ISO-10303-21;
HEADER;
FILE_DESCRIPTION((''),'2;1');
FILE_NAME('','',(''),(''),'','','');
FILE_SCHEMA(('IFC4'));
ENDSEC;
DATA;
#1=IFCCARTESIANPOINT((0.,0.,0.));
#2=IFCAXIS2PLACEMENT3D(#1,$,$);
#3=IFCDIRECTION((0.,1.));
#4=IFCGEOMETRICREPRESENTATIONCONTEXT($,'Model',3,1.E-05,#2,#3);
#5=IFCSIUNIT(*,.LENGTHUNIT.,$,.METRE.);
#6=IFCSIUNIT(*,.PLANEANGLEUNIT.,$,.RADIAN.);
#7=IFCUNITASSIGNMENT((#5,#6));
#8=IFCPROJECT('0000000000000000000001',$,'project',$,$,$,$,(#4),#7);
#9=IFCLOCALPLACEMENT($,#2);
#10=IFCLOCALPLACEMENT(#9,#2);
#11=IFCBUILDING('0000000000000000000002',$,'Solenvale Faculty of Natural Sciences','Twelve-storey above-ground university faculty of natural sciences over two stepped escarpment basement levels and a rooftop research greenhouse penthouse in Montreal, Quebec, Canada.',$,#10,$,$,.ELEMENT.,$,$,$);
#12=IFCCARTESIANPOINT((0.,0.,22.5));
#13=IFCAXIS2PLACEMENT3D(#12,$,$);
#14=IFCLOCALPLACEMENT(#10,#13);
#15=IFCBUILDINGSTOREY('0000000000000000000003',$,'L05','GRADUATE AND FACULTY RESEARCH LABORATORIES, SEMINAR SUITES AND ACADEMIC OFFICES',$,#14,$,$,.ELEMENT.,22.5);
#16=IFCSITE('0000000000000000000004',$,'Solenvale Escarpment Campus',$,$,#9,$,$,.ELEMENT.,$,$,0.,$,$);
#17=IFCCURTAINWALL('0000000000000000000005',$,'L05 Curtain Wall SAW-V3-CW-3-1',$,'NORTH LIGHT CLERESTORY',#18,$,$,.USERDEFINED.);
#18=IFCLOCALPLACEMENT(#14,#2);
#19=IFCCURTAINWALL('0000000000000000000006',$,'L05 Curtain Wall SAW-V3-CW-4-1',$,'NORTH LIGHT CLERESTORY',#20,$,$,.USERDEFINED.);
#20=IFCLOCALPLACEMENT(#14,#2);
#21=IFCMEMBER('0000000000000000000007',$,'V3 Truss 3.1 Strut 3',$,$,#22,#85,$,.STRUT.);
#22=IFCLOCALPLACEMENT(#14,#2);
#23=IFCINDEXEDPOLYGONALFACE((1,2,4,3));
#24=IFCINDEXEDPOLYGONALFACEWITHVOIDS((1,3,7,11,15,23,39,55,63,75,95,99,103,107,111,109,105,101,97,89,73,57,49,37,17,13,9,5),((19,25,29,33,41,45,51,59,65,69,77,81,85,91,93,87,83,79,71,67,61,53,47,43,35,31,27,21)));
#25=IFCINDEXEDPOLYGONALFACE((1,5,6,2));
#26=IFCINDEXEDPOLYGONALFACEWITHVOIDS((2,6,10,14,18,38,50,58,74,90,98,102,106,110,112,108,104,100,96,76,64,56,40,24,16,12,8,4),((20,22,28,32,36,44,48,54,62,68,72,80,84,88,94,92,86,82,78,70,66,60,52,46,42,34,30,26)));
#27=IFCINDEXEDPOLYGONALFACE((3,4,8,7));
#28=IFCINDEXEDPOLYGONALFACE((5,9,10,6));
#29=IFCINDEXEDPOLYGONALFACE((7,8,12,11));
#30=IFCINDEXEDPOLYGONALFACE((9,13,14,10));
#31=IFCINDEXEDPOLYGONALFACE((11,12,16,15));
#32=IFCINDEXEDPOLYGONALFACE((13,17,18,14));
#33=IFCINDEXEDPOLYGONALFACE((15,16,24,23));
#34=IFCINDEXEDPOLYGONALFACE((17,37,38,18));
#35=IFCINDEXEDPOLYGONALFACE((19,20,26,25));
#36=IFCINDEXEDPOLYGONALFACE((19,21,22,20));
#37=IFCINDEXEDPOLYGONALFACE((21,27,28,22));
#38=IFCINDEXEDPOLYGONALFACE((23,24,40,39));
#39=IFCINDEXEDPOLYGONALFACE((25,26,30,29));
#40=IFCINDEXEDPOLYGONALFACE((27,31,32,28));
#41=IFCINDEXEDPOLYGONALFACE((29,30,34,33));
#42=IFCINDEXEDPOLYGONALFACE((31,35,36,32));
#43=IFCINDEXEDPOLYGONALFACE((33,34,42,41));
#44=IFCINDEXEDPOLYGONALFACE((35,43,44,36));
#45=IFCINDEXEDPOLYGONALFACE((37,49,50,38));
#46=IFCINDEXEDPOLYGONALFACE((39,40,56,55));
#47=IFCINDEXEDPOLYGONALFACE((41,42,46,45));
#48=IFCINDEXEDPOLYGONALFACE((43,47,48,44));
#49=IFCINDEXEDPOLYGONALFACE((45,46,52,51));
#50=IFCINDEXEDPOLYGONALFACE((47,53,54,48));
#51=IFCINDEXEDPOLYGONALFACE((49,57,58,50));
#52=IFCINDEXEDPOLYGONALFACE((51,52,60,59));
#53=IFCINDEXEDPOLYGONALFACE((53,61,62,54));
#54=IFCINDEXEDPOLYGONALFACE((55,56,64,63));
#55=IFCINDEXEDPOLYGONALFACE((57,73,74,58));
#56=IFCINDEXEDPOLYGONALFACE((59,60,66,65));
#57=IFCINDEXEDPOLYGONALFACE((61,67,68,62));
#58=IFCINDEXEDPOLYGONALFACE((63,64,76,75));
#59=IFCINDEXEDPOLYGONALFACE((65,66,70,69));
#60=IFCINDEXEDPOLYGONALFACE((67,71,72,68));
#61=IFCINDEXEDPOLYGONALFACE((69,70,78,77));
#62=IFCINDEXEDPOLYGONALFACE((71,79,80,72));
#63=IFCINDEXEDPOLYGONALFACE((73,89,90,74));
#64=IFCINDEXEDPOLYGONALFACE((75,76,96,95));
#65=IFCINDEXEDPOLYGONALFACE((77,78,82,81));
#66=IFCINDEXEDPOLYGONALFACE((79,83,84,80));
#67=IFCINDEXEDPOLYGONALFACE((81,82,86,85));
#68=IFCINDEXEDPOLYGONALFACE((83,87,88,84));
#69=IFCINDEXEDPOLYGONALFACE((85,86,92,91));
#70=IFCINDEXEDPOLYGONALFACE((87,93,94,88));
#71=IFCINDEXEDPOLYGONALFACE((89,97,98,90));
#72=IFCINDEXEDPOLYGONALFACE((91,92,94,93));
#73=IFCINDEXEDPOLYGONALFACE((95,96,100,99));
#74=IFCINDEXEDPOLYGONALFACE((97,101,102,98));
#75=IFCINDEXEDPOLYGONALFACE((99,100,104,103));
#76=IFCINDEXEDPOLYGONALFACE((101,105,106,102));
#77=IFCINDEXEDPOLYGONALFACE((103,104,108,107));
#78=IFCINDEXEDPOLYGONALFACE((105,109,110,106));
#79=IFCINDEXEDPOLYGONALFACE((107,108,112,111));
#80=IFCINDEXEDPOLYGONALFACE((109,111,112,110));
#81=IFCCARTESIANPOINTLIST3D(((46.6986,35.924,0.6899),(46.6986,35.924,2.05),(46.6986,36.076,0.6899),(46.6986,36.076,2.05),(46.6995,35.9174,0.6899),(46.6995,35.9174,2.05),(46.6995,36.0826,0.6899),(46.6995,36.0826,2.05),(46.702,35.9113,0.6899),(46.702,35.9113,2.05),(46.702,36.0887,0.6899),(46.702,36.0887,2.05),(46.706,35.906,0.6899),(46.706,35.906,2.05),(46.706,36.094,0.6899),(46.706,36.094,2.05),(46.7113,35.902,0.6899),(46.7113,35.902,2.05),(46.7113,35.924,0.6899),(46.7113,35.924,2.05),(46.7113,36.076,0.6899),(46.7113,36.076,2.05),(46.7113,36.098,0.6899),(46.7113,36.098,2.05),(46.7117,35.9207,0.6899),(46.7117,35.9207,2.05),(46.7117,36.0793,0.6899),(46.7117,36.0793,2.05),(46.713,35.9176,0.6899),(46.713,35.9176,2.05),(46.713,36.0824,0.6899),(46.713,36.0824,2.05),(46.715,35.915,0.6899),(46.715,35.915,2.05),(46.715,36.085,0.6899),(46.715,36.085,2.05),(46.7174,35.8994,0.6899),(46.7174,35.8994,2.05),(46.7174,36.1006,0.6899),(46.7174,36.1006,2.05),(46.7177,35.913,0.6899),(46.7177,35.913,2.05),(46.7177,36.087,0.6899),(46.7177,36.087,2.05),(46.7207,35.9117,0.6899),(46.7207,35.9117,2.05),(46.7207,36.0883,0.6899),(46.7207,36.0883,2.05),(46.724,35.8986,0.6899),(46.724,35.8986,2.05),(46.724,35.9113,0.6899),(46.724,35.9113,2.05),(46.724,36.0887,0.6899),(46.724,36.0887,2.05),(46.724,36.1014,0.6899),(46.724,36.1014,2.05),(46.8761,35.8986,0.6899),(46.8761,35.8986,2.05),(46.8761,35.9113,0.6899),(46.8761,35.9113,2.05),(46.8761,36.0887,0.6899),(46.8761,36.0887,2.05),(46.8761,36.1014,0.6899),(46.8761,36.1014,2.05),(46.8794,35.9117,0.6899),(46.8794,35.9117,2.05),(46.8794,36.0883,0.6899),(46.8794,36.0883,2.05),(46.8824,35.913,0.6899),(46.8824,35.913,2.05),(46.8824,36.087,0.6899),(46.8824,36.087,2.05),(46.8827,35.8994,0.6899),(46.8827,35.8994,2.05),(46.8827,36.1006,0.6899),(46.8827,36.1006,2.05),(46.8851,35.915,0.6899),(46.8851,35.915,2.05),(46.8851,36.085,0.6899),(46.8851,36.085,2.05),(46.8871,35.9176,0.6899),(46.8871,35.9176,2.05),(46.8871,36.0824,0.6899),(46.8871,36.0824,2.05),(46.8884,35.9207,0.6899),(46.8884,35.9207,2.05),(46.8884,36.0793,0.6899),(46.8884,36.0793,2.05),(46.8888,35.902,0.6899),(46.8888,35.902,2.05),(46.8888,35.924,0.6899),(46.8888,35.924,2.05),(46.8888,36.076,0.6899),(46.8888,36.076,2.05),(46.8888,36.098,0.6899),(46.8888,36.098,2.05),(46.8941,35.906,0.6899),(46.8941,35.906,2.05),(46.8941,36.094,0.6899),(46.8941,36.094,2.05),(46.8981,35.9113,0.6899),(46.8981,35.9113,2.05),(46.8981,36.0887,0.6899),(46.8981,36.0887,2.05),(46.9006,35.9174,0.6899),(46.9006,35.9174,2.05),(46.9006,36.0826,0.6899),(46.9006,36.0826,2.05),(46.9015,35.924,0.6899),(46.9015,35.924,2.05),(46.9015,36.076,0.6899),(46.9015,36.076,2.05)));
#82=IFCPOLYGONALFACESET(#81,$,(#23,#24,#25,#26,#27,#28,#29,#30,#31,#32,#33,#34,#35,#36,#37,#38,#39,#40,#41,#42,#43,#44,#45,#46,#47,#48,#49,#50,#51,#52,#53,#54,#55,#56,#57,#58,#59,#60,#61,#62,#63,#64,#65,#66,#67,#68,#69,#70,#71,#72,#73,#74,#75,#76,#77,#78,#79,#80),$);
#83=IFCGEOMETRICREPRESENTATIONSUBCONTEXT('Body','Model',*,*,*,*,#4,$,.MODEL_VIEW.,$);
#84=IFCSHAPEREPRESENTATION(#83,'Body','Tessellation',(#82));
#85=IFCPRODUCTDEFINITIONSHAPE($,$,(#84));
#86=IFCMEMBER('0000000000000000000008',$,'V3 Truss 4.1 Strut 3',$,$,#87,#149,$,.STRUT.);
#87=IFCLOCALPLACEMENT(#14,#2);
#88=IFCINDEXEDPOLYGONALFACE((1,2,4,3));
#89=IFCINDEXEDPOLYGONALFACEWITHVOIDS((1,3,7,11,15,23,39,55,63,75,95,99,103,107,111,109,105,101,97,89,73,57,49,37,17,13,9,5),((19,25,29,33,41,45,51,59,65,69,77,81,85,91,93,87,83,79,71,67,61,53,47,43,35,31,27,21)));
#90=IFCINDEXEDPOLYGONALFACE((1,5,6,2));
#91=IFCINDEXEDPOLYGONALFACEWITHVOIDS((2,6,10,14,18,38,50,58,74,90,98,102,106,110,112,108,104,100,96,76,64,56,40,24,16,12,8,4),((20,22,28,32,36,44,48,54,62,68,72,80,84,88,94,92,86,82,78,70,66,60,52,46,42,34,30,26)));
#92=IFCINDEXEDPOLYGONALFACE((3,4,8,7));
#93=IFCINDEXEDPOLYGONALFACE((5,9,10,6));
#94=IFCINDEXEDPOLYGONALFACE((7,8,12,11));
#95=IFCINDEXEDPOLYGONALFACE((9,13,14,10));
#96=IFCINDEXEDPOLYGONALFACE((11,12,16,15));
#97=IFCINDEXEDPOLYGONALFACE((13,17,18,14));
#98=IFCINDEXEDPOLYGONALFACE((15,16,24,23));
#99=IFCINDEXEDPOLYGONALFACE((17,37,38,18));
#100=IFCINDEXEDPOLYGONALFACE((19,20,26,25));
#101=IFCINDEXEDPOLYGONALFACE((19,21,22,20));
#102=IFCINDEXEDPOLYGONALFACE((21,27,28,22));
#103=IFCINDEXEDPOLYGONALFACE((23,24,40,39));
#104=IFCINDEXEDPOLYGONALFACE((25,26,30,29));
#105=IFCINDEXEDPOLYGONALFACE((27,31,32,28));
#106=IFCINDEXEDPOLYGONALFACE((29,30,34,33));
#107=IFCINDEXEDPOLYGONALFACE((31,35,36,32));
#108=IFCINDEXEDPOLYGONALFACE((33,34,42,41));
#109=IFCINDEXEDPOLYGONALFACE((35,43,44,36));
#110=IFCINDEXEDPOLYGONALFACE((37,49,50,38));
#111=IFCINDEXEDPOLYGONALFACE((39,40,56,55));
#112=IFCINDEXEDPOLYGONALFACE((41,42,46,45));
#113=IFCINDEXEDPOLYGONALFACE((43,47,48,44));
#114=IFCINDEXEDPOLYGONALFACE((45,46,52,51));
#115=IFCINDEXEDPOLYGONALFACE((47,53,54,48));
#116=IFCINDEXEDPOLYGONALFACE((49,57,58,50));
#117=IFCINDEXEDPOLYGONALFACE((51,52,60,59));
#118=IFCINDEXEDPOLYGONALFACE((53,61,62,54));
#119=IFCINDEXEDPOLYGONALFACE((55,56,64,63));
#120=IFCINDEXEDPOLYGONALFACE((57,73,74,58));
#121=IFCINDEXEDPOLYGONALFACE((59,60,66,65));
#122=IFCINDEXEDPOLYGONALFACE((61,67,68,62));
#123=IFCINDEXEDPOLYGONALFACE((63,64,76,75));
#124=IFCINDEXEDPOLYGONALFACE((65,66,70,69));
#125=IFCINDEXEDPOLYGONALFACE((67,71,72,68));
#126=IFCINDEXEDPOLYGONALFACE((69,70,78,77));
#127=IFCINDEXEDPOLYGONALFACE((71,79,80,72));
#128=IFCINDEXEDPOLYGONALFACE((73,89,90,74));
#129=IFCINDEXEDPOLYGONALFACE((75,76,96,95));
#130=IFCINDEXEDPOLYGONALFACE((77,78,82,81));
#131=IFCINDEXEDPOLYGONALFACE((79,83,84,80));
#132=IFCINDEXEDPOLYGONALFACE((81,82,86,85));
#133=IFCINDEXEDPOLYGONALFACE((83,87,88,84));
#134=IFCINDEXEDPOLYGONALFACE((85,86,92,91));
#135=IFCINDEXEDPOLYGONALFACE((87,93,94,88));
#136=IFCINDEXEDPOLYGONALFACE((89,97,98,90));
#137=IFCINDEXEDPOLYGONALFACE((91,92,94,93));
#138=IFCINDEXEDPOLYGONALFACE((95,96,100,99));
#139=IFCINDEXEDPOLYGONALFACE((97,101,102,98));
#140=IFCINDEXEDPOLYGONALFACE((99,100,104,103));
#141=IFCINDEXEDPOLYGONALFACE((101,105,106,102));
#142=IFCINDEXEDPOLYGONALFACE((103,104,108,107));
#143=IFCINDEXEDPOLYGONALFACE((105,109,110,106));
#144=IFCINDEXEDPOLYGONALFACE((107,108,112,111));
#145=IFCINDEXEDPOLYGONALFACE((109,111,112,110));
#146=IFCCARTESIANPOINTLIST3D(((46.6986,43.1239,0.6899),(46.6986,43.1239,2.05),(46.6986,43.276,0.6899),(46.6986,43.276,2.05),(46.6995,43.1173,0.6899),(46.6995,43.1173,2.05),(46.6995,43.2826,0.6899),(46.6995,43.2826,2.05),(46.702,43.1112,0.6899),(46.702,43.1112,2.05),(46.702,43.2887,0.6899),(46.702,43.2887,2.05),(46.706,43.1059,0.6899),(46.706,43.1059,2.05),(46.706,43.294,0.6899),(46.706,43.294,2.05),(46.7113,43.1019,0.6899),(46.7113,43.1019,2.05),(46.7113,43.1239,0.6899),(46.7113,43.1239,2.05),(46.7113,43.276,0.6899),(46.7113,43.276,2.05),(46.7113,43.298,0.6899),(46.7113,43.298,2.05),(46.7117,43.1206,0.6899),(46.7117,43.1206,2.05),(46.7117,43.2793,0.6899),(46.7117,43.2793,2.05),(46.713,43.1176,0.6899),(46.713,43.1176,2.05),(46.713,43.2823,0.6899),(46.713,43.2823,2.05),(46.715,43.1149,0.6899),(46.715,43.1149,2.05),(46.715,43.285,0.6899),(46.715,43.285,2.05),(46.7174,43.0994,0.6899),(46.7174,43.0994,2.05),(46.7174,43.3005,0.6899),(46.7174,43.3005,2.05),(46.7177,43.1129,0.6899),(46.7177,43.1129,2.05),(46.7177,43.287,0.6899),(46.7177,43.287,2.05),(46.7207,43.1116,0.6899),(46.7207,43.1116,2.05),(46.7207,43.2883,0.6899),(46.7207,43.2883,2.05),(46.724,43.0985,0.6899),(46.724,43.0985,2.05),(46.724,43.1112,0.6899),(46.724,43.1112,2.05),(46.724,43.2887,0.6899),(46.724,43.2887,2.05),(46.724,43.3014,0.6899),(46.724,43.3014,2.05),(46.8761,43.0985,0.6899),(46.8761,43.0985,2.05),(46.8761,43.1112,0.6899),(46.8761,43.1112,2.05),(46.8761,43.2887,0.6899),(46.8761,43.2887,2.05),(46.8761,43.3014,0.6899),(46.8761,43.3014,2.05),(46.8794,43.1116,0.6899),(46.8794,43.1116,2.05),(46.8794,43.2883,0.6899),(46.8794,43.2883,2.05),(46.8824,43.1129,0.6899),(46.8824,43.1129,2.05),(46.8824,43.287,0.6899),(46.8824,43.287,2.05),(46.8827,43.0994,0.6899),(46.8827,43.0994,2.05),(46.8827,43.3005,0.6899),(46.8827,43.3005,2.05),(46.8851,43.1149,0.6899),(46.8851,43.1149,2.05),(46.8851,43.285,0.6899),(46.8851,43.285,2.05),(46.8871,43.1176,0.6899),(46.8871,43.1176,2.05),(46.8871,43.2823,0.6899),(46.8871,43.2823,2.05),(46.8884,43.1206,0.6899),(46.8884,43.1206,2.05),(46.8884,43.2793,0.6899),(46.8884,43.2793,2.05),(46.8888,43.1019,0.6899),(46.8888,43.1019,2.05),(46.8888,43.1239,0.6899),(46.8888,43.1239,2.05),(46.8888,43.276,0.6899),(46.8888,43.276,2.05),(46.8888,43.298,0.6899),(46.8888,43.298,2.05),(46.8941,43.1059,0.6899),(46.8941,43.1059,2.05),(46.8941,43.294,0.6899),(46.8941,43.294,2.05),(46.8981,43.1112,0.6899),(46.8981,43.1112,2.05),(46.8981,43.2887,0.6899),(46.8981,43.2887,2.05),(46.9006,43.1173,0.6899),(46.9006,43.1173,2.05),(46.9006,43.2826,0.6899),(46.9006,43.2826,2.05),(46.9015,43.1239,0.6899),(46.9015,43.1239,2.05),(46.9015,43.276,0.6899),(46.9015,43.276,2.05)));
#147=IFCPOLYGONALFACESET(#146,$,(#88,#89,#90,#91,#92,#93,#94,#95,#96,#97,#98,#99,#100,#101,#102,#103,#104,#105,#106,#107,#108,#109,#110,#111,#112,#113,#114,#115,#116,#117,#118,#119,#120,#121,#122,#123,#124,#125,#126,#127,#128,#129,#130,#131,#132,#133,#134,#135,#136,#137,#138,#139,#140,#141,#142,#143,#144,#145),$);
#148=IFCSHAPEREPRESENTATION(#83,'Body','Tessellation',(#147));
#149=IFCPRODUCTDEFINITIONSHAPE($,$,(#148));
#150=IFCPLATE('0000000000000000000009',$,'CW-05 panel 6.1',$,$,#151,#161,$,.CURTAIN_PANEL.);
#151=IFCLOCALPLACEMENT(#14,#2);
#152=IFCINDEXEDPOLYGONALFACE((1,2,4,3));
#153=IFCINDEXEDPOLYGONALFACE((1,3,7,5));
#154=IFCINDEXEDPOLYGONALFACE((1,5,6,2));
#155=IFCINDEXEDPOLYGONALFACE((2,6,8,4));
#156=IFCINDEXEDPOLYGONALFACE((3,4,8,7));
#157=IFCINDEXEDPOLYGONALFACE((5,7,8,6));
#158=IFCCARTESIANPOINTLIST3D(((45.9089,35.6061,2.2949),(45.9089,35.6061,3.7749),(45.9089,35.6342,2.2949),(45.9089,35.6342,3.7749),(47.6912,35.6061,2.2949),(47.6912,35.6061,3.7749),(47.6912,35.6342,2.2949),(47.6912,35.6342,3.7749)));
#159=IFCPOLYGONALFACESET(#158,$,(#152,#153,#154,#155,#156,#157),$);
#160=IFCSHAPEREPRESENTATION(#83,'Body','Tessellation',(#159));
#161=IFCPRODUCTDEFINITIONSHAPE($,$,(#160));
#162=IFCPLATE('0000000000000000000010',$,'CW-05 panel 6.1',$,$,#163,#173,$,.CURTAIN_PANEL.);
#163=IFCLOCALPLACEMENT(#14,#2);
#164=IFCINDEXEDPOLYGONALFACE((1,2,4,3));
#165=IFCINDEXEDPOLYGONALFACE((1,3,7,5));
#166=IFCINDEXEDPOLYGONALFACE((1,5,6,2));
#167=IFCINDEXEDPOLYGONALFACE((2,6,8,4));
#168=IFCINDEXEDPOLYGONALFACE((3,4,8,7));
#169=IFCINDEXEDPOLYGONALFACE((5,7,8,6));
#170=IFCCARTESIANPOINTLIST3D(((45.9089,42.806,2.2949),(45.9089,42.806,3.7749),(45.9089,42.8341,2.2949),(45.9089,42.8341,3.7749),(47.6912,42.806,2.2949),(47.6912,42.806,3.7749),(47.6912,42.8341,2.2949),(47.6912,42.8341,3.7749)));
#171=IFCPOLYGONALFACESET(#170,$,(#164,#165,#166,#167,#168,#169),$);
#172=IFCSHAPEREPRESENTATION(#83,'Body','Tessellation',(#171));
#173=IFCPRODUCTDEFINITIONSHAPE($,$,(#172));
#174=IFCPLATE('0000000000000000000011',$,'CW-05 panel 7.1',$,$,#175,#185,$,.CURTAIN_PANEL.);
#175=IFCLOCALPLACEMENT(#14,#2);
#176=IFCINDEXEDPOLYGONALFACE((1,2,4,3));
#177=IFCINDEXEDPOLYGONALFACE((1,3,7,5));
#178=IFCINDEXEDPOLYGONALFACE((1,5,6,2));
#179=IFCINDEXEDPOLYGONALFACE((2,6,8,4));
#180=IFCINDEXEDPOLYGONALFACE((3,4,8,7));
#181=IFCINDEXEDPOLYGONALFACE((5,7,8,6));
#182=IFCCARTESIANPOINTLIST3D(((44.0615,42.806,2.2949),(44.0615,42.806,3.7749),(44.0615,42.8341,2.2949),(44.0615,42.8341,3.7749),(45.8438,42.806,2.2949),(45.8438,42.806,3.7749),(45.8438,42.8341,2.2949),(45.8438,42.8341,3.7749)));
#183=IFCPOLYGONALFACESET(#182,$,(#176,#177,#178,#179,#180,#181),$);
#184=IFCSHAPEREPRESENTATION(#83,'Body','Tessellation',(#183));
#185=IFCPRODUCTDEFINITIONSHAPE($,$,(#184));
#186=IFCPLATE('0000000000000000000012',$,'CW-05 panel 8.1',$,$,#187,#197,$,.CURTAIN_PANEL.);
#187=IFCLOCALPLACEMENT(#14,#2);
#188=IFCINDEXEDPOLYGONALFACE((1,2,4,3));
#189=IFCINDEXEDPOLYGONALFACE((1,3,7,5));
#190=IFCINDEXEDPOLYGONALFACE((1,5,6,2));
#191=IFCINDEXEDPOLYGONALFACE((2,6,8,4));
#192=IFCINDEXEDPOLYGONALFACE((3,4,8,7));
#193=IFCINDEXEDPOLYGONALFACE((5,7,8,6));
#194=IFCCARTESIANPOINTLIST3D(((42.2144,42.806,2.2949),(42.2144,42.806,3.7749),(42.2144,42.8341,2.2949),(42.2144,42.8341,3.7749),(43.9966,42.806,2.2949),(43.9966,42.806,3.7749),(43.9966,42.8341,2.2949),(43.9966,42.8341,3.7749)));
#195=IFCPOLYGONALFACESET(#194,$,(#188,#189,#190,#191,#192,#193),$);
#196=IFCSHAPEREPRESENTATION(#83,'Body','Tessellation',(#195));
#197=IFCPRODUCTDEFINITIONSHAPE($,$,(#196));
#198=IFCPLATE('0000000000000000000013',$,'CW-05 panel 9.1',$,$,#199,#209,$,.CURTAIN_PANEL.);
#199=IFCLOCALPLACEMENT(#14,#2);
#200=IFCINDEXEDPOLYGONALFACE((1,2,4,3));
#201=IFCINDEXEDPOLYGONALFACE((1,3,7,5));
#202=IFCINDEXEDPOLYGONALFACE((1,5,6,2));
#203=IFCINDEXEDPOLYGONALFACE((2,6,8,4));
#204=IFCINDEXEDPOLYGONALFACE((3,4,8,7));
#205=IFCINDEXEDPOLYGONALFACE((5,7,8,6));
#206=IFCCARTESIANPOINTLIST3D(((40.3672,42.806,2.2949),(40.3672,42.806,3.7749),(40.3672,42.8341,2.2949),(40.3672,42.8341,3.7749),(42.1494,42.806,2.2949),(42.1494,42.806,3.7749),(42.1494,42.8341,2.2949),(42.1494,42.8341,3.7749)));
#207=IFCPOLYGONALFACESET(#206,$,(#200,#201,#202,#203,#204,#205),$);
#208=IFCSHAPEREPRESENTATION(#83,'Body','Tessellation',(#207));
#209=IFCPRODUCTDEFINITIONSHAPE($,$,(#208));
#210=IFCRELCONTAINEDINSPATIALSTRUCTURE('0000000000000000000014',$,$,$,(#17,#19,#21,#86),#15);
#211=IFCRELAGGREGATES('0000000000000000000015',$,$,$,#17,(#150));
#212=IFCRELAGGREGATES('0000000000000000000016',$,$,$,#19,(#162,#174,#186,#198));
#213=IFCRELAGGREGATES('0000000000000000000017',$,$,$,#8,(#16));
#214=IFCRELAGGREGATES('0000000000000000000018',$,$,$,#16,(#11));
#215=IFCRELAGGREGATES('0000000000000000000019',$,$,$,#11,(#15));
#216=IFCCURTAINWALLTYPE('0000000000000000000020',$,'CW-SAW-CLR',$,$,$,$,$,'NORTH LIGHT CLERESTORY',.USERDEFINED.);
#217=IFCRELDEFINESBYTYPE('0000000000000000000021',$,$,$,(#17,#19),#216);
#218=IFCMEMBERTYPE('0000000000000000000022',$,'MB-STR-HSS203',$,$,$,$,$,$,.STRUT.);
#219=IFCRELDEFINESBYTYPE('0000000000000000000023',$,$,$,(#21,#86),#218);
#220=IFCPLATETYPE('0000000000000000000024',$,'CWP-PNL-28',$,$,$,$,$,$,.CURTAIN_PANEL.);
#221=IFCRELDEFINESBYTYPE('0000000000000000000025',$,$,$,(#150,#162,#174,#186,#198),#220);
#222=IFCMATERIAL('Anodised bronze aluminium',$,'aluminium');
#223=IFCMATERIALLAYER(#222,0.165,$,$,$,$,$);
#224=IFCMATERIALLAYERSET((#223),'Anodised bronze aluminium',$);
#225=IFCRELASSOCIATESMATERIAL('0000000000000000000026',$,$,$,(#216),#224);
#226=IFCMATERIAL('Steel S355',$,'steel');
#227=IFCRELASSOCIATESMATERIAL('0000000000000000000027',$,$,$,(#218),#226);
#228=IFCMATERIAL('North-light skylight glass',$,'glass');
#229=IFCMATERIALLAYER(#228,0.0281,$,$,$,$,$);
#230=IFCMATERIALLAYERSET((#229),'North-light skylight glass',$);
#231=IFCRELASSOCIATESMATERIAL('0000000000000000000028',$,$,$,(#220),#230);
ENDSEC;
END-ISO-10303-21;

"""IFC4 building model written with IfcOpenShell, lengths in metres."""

from ifc_helpers import new_model, si_unit, direction, frame, origin, origin_2d, place, context, subcontext, project, spatial, rectangle, hollow_rectangle, extrude, material, layer, layer_set, material_profile, profile_set, type_object, element, aggregate, save


model = new_model("IFC4")

# Units and contexts
model_context = context("Model", 3, precision=1e-05, world=origin(), true_north=direction((0.0, 1.0)))
body_context = subcontext(model_context, "Body", "Model", "MODEL_VIEW")
ifc_project = project(units=[si_unit("LENGTHUNIT", "METRE"), si_unit("PLANEANGLEUNIT", "RADIAN")], contexts=[model_context])

# Site, building, storey
site_placement = place(None, origin())
site = spatial("IfcSite", under=ifc_project, at=site_placement, Name="Solenvale Escarpment Campus", CompositionType="ELEMENT", RefElevation=0.0)
building_placement = place(site_placement, origin())
building = spatial("IfcBuilding", under=site, at=building_placement, Name="Solenvale Faculty of Natural Sciences", Description="Twelve-storey above-ground university faculty of natural sciences over two stepped escarpment basement levels and a rooftop research greenhouse penthouse in Montreal, Quebec, Canada.", CompositionType="ELEMENT")
storey_placement = place(building_placement, frame((0.0, 0.0, 22.5)))
storey = spatial("IfcBuildingStorey", under=building, at=storey_placement, Name="L05", Description="GRADUATE AND FACULTY RESEARCH LABORATORIES, SEMINAR SUITES AND ACADEMIC OFFICES", CompositionType="ELEMENT", Elevation=22.5)

# Curtain wall
ifc_material_1 = material(Name="Anodised bronze aluminium", Category="aluminium")
ifc_layer_1 = layer(ifc_material_1, 0.165)
ifc_layer_set_1 = layer_set([ifc_layer_1], Name="Anodised bronze aluminium")
curtain_wall_type = type_object("IfcCurtainWallType", Name="CW-SAW-CLR", ElementType="NORTH LIGHT CLERESTORY", PredefinedType="USERDEFINED", material=ifc_layer_set_1)
curtain_wall_1_placement = place(storey_placement, origin())
curtain_wall_1 = element("IfcCurtainWall", 1, at=curtain_wall_1_placement, inside=storey, type_object=curtain_wall_type, Name="L05 Curtain Wall SAW-V3-CW-3-1", ObjectType="NORTH LIGHT CLERESTORY", PredefinedType="USERDEFINED")

# Curtain wall
curtain_wall_2_placement = place(storey_placement, origin())
curtain_wall_2 = element("IfcCurtainWall", 2, at=curtain_wall_2_placement, inside=storey, type_object=curtain_wall_type, Name="L05 Curtain Wall SAW-V3-CW-4-1", ObjectType="NORTH LIGHT CLERESTORY", PredefinedType="USERDEFINED")

# Members
ifc_material_2 = material(Name="Steel S355", Category="steel")
ifc_material_profile_1 = material_profile(ifc_material_2, hollow_rectangle(XDim=0.2029, YDim=0.2029, WallThickness=0.0127, InnerFilletRadius=0.0127, OuterFilletRadius=0.0254, at=origin_2d()), Name="HSS203x203x13")
ifc_profile_set_1 = profile_set([ifc_material_profile_1], Name="Steel S355")
member_type_1 = type_object("IfcMemberType", Name="MB-STR-HSS203", PredefinedType="STRUT", material=ifc_profile_set_1)
for number, where, z_axis, x_axis, name in (
    (3, (46.8, 36.0, 0.6899), (0.0, 0.0, 1.0), (1.0, 0.0, 0.0), "V3 Truss 3.1 Strut 3"),
    (4, (46.8, 43.2, 0.6899), (0.0, 0.0, 1.0), (1.0, 0.0, 0.0), "V3 Truss 4.1 Strut 3"),
):
    element("IfcMember", number, at=place(storey_placement, frame(where, z_axis=z_axis, x_axis=x_axis)), inside=storey, type_object=member_type_1, Name=name, PredefinedType="STRUT", context=body_context, shape_type="SweptSolid", body=[
        extrude(hollow_rectangle(XDim=0.2029, YDim=0.2029, WallThickness=0.0127, InnerFilletRadius=0.0127, OuterFilletRadius=0.0254, at=origin_2d()), origin(), (0.0, 0.0, 1.0), 1.3601),
    ])

# Plates
ifc_material_3 = material(Name="North-light skylight glass", Category="glass")
ifc_layer_2 = layer(ifc_material_3, 0.0281)
ifc_layer_set_2 = layer_set([ifc_layer_2], Name="North-light skylight glass")
plate_type_1 = type_object("IfcPlateType", Name="CWP-PNL-28", PredefinedType="CURTAIN_PANEL", material=ifc_layer_set_2)
plate_1_placement = place(storey_placement, frame((46.8, 35.6201, 2.2949), z_axis=(0.0, 0.0, 1.0), x_axis=(-1.0, 0.0, 0.0)))
plate_1 = element("IfcPlate", 5, at=plate_1_placement, type_object=plate_type_1, Name="CW-05 panel 6.1", PredefinedType="CURTAIN_PANEL", context=body_context, shape_type="SweptSolid", body=[
    extrude(rectangle(XDim=1.7822, YDim=0.0281, at=origin_2d()), origin(), (0.0, 0.0, 1.0), 1.48),
])
aggregate(curtain_wall_1, [plate_1])
plate_2_placement = place(storey_placement, frame((46.8, 42.8201, 2.2949), z_axis=(0.0, 0.0, 1.0), x_axis=(-1.0, 0.0, 0.0)))
plate_2 = element("IfcPlate", 6, at=plate_2_placement, type_object=plate_type_1, Name="CW-05 panel 6.1", PredefinedType="CURTAIN_PANEL", context=body_context, shape_type="SweptSolid", body=[
    extrude(rectangle(XDim=1.7822, YDim=0.0281, at=origin_2d()), origin(), (0.0, 0.0, 1.0), 1.48),
])
plate_3_placement = place(storey_placement, frame((44.9526, 42.8201, 2.2949), z_axis=(0.0, 0.0, 1.0), x_axis=(-1.0, 0.0, 0.0)))
plate_3 = element("IfcPlate", 7, at=plate_3_placement, type_object=plate_type_1, Name="CW-05 panel 7.1", PredefinedType="CURTAIN_PANEL", context=body_context, shape_type="SweptSolid", body=[
    extrude(rectangle(XDim=1.7822, YDim=0.0281, at=origin_2d()), origin(), (0.0, 0.0, 1.0), 1.48),
])
plate_4_placement = place(storey_placement, frame((43.1055, 42.8201, 2.2949), z_axis=(0.0, 0.0, 1.0), x_axis=(-1.0, 0.0, 0.0)))
plate_4 = element("IfcPlate", 8, at=plate_4_placement, type_object=plate_type_1, Name="CW-05 panel 8.1", PredefinedType="CURTAIN_PANEL", context=body_context, shape_type="SweptSolid", body=[
    extrude(rectangle(XDim=1.7822, YDim=0.0281, at=origin_2d()), origin(), (0.0, 0.0, 1.0), 1.48),
])
plate_5_placement = place(storey_placement, frame((41.2583, 42.8201, 2.2949), z_axis=(0.0, 0.0, 1.0), x_axis=(-1.0, 0.0, 0.0)))
plate_5 = element("IfcPlate", 9, at=plate_5_placement, type_object=plate_type_1, Name="CW-05 panel 9.1", PredefinedType="CURTAIN_PANEL", context=body_context, shape_type="SweptSolid", body=[
    extrude(rectangle(XDim=1.7822, YDim=0.0281, at=origin_2d()), origin(), (0.0, 0.0, 1.0), 1.48),
])
aggregate(curtain_wall_2, [plate_2, plate_3, plate_4, plate_5])

save(model, "model.ifc")
